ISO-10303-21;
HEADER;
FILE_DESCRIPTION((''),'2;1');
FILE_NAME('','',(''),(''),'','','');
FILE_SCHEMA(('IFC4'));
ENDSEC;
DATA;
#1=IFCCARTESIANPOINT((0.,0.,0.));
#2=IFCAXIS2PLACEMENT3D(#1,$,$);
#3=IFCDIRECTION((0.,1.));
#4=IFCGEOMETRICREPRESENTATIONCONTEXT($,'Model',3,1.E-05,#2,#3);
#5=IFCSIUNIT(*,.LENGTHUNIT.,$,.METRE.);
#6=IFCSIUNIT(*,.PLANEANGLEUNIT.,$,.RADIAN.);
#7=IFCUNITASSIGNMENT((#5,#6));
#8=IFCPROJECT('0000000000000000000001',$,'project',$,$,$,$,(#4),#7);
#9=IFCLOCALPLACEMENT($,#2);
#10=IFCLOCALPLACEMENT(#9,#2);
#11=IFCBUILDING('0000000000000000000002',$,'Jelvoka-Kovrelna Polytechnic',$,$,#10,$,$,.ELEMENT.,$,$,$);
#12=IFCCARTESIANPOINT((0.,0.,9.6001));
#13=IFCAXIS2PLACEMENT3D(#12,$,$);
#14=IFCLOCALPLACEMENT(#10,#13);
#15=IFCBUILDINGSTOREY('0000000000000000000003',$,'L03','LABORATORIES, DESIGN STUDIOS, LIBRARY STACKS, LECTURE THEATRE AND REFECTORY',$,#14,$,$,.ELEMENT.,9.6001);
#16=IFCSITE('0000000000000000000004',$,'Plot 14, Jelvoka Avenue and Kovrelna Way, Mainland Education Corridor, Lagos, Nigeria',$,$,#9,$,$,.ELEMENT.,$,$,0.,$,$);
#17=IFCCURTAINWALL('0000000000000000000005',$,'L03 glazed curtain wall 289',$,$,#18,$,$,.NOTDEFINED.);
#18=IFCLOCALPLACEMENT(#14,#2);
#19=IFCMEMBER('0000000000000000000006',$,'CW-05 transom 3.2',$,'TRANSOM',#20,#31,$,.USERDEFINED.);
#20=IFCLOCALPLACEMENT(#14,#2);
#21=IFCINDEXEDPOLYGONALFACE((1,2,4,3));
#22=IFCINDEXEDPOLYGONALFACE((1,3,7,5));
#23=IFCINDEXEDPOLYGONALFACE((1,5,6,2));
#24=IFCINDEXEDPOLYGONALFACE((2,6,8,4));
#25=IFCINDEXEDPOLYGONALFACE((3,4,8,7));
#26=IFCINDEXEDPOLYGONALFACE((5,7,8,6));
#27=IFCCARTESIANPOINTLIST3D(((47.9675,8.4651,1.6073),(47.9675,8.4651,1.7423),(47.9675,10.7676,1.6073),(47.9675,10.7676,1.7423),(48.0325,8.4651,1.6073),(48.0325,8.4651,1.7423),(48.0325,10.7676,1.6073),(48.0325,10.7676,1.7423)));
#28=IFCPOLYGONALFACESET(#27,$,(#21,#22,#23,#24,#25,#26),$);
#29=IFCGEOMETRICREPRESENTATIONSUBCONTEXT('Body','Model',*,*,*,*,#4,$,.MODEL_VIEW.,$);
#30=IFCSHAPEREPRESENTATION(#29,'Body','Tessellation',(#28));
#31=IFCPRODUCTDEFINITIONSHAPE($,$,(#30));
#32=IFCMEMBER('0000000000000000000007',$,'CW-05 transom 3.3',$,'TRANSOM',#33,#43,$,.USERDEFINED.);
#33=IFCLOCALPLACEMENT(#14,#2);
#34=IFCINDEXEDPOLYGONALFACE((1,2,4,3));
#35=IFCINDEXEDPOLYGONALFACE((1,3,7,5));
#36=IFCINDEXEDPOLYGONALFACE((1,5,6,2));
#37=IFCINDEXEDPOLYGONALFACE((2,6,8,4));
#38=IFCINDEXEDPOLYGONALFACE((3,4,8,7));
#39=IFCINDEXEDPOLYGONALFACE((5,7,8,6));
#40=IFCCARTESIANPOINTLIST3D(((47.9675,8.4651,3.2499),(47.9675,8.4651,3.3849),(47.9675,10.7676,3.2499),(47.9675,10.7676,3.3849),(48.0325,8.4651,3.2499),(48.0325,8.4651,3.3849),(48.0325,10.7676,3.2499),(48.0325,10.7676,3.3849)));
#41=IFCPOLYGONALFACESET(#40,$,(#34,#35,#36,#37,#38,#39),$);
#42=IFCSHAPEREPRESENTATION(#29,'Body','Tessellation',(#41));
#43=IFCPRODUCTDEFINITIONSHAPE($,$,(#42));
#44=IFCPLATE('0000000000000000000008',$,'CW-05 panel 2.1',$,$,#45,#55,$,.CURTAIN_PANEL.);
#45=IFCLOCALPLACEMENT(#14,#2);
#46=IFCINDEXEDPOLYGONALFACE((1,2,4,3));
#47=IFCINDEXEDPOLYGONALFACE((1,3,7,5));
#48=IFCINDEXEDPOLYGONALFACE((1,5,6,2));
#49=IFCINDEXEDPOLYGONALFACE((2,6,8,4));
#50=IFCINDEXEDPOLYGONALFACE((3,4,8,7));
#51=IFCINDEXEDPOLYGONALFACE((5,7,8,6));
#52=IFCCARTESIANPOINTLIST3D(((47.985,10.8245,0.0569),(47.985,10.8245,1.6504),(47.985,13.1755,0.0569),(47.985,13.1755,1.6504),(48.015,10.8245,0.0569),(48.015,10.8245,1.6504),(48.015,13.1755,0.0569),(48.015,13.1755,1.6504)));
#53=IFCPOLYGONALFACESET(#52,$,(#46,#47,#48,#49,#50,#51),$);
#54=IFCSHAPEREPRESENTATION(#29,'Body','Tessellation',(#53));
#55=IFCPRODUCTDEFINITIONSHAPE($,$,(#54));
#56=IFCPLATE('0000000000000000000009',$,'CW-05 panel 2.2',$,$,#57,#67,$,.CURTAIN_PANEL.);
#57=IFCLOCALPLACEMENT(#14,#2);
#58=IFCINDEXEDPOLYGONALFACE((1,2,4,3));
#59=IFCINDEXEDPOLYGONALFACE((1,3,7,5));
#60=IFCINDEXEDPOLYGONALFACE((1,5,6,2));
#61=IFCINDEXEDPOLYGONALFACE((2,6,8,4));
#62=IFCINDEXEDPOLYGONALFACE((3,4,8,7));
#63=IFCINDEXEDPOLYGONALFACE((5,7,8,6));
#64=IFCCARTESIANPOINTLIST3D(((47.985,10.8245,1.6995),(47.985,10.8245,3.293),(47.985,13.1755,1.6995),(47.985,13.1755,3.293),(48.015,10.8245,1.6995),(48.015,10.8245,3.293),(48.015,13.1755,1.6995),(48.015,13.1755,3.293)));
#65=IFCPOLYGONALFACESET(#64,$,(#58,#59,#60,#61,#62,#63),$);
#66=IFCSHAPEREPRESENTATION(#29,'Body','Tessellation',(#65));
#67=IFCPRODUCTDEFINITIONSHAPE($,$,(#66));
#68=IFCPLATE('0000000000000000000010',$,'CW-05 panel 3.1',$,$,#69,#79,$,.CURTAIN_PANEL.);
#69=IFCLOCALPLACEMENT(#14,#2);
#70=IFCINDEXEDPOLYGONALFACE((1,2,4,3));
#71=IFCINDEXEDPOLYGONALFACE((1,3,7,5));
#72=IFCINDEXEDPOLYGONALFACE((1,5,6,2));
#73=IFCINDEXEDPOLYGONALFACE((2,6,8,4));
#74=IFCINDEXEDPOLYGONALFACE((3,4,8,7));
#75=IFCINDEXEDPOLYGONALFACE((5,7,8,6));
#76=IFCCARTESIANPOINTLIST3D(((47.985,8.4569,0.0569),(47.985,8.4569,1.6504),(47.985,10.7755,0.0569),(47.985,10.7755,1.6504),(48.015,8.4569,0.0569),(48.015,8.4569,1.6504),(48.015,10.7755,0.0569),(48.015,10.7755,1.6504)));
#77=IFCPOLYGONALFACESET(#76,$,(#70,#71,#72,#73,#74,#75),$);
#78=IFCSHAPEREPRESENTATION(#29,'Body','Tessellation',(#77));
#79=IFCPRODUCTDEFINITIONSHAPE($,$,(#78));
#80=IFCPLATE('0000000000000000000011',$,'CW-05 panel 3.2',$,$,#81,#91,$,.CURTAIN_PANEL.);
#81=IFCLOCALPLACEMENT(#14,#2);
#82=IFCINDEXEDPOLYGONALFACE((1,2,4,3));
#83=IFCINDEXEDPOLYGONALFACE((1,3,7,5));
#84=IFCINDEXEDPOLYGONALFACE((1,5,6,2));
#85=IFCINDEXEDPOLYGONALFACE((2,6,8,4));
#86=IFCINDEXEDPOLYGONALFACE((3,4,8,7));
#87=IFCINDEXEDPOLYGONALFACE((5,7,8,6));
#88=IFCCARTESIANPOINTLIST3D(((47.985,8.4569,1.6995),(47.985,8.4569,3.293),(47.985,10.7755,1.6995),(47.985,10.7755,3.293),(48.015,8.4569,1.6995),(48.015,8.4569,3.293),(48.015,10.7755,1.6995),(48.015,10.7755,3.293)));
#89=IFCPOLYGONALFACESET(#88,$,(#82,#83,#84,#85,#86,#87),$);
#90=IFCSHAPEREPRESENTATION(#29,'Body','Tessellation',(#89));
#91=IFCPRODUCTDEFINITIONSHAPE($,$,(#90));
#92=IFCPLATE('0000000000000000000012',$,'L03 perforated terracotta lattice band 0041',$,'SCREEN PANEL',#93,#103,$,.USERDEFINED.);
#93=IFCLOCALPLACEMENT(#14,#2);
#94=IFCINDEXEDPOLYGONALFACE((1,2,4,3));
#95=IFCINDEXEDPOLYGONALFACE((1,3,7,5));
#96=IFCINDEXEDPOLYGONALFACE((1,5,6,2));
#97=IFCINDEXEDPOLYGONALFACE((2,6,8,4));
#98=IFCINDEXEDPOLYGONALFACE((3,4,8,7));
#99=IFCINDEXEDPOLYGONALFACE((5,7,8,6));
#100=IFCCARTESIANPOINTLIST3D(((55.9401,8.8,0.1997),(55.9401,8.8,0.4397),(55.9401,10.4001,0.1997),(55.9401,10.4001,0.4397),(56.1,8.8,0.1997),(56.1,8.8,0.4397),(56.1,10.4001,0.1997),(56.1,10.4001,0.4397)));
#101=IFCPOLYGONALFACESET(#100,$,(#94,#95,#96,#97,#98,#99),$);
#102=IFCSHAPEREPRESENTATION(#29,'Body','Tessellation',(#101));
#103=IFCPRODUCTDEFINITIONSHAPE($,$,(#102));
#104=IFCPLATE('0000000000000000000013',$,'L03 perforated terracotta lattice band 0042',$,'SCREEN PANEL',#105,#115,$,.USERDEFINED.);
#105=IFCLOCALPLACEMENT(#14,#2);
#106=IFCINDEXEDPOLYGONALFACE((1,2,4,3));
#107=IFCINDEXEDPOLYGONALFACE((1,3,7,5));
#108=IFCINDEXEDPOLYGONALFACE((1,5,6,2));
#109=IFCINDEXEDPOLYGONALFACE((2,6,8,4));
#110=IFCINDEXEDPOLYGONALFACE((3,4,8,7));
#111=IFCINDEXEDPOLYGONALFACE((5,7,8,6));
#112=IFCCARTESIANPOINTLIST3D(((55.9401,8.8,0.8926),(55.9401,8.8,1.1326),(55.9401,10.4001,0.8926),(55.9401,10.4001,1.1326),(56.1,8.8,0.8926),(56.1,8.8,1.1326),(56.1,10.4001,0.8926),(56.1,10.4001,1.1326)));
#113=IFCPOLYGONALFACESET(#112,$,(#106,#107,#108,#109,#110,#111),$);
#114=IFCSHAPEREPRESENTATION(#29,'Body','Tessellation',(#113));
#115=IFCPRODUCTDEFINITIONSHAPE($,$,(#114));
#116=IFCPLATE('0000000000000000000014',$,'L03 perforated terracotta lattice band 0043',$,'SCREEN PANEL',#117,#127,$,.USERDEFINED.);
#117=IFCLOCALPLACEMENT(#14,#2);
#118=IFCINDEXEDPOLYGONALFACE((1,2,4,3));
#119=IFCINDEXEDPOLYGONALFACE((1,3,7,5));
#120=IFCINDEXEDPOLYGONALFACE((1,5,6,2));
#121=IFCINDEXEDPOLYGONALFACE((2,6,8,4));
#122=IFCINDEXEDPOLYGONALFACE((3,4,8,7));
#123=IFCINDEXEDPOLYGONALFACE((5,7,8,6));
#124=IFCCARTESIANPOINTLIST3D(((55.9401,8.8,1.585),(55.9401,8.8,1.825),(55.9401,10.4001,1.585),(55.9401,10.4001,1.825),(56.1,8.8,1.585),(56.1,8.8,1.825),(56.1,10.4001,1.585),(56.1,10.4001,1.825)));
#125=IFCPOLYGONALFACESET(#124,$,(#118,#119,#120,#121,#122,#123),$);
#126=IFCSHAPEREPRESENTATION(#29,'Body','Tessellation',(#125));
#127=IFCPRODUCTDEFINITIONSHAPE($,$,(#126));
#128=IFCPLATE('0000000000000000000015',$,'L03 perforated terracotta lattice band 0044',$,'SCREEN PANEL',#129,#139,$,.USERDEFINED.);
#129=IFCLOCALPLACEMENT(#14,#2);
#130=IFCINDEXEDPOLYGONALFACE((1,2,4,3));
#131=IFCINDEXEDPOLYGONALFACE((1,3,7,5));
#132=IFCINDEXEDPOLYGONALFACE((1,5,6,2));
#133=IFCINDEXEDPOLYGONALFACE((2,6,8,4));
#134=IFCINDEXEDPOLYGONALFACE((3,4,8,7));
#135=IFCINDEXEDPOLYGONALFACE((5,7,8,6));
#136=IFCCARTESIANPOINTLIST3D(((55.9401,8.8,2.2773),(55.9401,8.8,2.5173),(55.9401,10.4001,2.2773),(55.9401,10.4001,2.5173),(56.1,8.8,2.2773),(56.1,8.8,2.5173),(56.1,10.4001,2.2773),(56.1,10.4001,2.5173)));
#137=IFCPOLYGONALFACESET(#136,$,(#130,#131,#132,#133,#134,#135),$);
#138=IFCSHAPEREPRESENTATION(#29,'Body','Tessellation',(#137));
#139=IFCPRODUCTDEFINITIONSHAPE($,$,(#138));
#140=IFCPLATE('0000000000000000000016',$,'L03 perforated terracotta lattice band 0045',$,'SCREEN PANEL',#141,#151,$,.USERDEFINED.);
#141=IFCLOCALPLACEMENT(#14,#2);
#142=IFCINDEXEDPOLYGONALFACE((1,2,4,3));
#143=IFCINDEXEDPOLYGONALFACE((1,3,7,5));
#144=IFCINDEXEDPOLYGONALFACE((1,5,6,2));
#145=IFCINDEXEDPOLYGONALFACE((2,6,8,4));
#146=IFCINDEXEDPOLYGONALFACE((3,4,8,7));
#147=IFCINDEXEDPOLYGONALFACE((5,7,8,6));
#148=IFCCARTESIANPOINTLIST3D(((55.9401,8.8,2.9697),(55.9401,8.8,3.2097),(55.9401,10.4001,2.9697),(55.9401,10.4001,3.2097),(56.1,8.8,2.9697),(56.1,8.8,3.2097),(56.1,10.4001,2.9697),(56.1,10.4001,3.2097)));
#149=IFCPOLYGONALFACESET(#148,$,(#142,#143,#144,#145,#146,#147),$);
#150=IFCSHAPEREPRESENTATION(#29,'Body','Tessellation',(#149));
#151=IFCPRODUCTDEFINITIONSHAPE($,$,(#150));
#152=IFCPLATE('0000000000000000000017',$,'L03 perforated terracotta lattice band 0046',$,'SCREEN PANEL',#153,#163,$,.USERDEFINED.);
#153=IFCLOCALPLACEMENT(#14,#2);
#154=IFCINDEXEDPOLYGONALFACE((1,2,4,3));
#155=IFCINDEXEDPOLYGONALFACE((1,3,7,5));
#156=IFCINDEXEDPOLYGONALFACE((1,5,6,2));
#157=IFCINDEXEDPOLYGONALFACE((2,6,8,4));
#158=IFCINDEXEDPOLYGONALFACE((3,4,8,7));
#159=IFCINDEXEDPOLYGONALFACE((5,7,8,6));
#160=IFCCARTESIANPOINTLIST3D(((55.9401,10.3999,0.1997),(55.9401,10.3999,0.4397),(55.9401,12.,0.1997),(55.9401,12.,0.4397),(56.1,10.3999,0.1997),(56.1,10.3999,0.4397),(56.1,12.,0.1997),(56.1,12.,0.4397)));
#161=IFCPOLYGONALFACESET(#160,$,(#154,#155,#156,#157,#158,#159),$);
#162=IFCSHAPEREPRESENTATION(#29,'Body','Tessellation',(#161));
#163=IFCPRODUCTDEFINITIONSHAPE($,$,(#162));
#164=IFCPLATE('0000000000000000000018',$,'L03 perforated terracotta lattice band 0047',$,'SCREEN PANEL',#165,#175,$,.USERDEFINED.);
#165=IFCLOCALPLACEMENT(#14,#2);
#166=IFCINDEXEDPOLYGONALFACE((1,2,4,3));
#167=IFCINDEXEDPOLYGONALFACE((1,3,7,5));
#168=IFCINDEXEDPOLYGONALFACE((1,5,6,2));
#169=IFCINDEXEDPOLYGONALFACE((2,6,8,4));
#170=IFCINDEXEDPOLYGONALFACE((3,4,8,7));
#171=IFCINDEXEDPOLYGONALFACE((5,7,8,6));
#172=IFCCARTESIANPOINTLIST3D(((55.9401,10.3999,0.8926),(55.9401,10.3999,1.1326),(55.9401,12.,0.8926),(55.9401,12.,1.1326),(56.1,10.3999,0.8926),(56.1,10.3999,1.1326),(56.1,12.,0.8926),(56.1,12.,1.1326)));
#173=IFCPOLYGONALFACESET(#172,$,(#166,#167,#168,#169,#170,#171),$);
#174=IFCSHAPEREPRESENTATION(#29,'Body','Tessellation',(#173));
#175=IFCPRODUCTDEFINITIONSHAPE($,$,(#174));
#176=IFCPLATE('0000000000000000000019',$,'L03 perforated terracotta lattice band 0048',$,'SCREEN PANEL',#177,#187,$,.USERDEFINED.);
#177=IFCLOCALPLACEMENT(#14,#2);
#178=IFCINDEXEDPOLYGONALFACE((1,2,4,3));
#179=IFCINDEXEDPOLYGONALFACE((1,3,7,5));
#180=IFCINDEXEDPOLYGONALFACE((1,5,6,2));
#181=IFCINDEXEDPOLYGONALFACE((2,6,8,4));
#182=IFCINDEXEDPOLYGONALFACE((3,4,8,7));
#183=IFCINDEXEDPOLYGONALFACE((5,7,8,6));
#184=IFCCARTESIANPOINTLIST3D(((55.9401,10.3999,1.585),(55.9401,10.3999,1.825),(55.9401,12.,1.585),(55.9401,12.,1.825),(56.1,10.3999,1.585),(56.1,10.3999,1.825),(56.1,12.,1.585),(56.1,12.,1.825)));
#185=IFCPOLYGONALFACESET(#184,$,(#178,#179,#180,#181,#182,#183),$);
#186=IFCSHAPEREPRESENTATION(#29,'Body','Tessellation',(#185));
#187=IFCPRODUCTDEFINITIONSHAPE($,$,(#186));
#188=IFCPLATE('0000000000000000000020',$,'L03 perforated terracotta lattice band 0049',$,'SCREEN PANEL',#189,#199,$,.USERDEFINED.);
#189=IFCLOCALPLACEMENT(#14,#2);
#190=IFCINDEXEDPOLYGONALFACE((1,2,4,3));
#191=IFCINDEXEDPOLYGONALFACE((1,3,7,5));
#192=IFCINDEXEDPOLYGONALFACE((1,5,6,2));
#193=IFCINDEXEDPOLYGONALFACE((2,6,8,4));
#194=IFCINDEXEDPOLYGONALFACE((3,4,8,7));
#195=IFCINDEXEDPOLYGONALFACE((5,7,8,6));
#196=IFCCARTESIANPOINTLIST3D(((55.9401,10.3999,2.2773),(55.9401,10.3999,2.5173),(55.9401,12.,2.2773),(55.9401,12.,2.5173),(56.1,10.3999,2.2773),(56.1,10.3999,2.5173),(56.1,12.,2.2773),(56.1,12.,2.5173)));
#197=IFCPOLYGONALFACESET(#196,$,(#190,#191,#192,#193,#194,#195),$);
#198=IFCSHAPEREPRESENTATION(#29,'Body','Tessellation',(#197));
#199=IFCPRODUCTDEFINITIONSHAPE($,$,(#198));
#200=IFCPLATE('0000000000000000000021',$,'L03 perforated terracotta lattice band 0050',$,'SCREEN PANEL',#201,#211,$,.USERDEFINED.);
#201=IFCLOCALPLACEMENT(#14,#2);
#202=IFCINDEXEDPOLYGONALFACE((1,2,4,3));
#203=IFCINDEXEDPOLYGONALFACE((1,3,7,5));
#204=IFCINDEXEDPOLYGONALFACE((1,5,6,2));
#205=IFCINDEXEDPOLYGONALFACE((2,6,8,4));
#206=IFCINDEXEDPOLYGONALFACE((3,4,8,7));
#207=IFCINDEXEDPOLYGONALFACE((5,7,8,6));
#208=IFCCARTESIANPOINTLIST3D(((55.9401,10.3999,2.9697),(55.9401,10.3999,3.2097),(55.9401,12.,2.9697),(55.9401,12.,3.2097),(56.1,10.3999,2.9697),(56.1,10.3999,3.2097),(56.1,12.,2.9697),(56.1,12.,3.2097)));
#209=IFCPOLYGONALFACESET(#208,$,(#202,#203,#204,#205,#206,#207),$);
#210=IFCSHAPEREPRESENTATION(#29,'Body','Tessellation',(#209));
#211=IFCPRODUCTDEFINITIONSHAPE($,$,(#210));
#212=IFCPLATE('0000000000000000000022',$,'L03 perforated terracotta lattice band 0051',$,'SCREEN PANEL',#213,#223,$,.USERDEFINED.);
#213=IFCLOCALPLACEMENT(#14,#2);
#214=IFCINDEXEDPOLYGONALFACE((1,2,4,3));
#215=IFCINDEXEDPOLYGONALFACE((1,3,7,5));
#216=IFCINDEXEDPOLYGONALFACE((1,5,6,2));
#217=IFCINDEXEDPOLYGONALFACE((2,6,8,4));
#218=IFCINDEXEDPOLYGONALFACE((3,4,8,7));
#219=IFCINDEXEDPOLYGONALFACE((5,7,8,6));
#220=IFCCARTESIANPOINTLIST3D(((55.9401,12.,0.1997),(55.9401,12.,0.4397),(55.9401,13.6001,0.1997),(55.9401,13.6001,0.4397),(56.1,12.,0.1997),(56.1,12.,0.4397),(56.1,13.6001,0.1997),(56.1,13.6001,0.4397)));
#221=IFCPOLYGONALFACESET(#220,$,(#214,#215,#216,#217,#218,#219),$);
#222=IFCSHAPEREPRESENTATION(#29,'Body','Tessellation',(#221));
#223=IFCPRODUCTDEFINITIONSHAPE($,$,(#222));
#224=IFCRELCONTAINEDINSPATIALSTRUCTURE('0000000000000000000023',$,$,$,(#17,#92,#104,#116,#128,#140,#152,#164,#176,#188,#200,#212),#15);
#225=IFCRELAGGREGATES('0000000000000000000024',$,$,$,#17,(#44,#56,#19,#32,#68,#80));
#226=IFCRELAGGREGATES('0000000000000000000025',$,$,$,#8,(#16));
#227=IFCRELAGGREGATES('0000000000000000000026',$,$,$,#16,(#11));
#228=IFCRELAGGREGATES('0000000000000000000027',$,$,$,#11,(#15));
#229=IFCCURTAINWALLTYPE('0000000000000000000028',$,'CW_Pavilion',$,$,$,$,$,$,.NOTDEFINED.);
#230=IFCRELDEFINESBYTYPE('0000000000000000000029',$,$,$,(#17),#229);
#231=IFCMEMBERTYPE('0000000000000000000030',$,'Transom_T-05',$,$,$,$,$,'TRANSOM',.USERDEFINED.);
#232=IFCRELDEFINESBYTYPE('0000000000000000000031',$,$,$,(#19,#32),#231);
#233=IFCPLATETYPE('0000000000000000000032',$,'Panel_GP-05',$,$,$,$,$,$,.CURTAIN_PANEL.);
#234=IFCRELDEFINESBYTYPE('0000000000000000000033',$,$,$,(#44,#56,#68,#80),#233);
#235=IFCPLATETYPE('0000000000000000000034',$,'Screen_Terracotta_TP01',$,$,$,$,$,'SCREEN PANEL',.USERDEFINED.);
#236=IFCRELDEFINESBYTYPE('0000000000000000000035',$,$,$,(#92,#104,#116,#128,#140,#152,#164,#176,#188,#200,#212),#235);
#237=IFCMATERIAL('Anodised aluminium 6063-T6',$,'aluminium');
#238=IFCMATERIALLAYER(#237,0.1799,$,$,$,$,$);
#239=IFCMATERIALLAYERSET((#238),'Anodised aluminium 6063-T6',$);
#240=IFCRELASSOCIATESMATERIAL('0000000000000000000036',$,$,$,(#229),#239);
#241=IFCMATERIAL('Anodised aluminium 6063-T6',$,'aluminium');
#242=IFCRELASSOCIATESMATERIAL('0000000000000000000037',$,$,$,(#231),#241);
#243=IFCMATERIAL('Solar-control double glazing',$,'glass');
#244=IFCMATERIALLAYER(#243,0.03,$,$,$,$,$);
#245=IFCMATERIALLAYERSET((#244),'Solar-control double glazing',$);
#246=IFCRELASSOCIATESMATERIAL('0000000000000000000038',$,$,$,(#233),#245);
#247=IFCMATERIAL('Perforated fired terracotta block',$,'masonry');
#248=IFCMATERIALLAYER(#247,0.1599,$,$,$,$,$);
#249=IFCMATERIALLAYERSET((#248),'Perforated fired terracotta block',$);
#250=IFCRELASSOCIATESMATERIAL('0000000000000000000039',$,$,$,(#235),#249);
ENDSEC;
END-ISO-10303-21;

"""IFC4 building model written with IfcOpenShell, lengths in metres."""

from ifc_helpers import new_model, si_unit, direction, frame, origin, origin_2d, place, context, subcontext, project, spatial, rectangle, extrude, material, layer, layer_set, material_profile, profile_set, type_object, element, aggregate, save


model = new_model("IFC4")

# Units and contexts
model_context = context("Model", 3, precision=1e-05, world=origin(), true_north=direction((0.0, 1.0)))
body_context = subcontext(model_context, "Body", "Model", "MODEL_VIEW")
ifc_project = project(units=[si_unit("LENGTHUNIT", "METRE"), si_unit("PLANEANGLEUNIT", "RADIAN")], contexts=[model_context])

# Site, building, storey
site_placement = place(None, origin())
site = spatial("IfcSite", under=ifc_project, at=site_placement, Name="Plot 14, Jelvoka Avenue and Kovrelna Way, Mainland Education Corridor, Lagos, Nigeria", CompositionType="ELEMENT", RefElevation=0.0)
building_placement = place(site_placement, origin())
building = spatial("IfcBuilding", under=site, at=building_placement, Name="Jelvoka-Kovrelna Polytechnic", CompositionType="ELEMENT")
storey_placement = place(building_placement, frame((0.0, 0.0, 9.6001)))
storey = spatial("IfcBuildingStorey", under=building, at=storey_placement, Name="L03", Description="LABORATORIES, DESIGN STUDIOS, LIBRARY STACKS, LECTURE THEATRE AND REFECTORY", CompositionType="ELEMENT", Elevation=9.6001)

# Curtain wall, members, plates
ifc_material_1 = material(Name="Anodised aluminium 6063-T6", Category="aluminium")
ifc_layer_1 = layer(ifc_material_1, 0.1799)
ifc_layer_set_1 = layer_set([ifc_layer_1], Name="Anodised aluminium 6063-T6")
curtain_wall_type = type_object("IfcCurtainWallType", Name="CW_Pavilion", PredefinedType="NOTDEFINED", material=ifc_layer_set_1)
curtain_wall_placement = place(storey_placement, origin())
curtain_wall = element("IfcCurtainWall", 1, at=curtain_wall_placement, inside=storey, type_object=curtain_wall_type, Name="L03 glazed curtain wall 289", PredefinedType="NOTDEFINED")
ifc_material_2 = material(Name="Anodised aluminium 6063-T6", Category="aluminium")
ifc_material_profile_1 = material_profile(ifc_material_2, rectangle(XDim=0.0649, YDim=0.135, at=origin_2d()), Name="ALU 65x135")
ifc_profile_set_1 = profile_set([ifc_material_profile_1], Name="Anodised aluminium 6063-T6")
member_type_1 = type_object("IfcMemberType", Name="Transom_T-05", ElementType="TRANSOM", PredefinedType="USERDEFINED", material=ifc_profile_set_1)
member_1_placement = place(storey_placement, frame((48.0, 10.7676, 1.6748), z_axis=(0.0, -1.0, 0.0), x_axis=(1.0, 0.0, 0.0)))
member_1 = element("IfcMember", 2, at=member_1_placement, type_object=member_type_1, Name="CW-05 transom 3.2", ObjectType="TRANSOM", PredefinedType="USERDEFINED", context=body_context, shape_type="SweptSolid", body=[
    extrude(rectangle(XDim=0.0649, YDim=0.135, at=origin_2d()), origin(), (0.0, 0.0, 1.0), 2.3025),
])
member_2_placement = place(storey_placement, frame((48.0, 10.7676, 3.3174), z_axis=(0.0, -1.0, 0.0), x_axis=(1.0, 0.0, 0.0)))
member_2 = element("IfcMember", 3, at=member_2_placement, type_object=member_type_1, Name="CW-05 transom 3.3", ObjectType="TRANSOM", PredefinedType="USERDEFINED", context=body_context, shape_type="SweptSolid", body=[
    extrude(rectangle(XDim=0.0649, YDim=0.135, at=origin_2d()), origin(), (0.0, 0.0, 1.0), 2.3025),
])
ifc_material_3 = material(Name="Solar-control double glazing", Category="glass")
ifc_layer_2 = layer(ifc_material_3, 0.03)
ifc_layer_set_2 = layer_set([ifc_layer_2], Name="Solar-control double glazing")
plate_type_1 = type_object("IfcPlateType", Name="Panel_GP-05", PredefinedType="CURTAIN_PANEL", material=ifc_layer_set_2)
plate_1_placement = place(storey_placement, frame((48.0, 12.0, 0.0569), z_axis=(0.0, 0.0, 1.0), x_axis=(0.0, -1.0, 0.0)))
plate_1 = element("IfcPlate", 4, at=plate_1_placement, type_object=plate_type_1, Name="CW-05 panel 2.1", PredefinedType="CURTAIN_PANEL", context=body_context, shape_type="SweptSolid", body=[
    extrude(rectangle(XDim=2.3511, YDim=0.03, at=origin_2d()), origin(), (0.0, 0.0, 1.0), 1.5935),
])
plate_2_placement = place(storey_placement, frame((48.0, 12.0, 1.6995), z_axis=(0.0, 0.0, 1.0), x_axis=(0.0, -1.0, 0.0)))
plate_2 = element("IfcPlate", 5, at=plate_2_placement, type_object=plate_type_1, Name="CW-05 panel 2.2", PredefinedType="CURTAIN_PANEL", context=body_context, shape_type="SweptSolid", body=[
    extrude(rectangle(XDim=2.3511, YDim=0.03, at=origin_2d()), origin(), (0.0, 0.0, 1.0), 1.5935),
])
plate_3_placement = place(storey_placement, frame((48.0, 9.6162, 0.0569), z_axis=(0.0, 0.0, 1.0), x_axis=(0.0, -1.0, 0.0)))
plate_3 = element("IfcPlate", 6, at=plate_3_placement, type_object=plate_type_1, Name="CW-05 panel 3.1", PredefinedType="CURTAIN_PANEL", context=body_context, shape_type="SweptSolid", body=[
    extrude(rectangle(XDim=2.3186, YDim=0.03, at=origin_2d()), origin(), (0.0, 0.0, 1.0), 1.5935),
])
plate_4_placement = place(storey_placement, frame((48.0, 9.6162, 1.6995), z_axis=(0.0, 0.0, 1.0), x_axis=(0.0, -1.0, 0.0)))
plate_4 = element("IfcPlate", 7, at=plate_4_placement, type_object=plate_type_1, Name="CW-05 panel 3.2", PredefinedType="CURTAIN_PANEL", context=body_context, shape_type="SweptSolid", body=[
    extrude(rectangle(XDim=2.3186, YDim=0.03, at=origin_2d()), origin(), (0.0, 0.0, 1.0), 1.5935),
])
aggregate(curtain_wall, [plate_1, plate_2, member_1, member_2, plate_3, plate_4])

# Plates
ifc_material_4 = material(Name="Perforated fired terracotta block", Category="masonry")
ifc_layer_3 = layer(ifc_material_4, 0.1599)
ifc_layer_set_3 = layer_set([ifc_layer_3], Name="Perforated fired terracotta block")
plate_type_2 = type_object("IfcPlateType", Name="Screen_Terracotta_TP01", ElementType="SCREEN PANEL", PredefinedType="USERDEFINED", material=ifc_layer_set_3)
for number, where, z_axis, x_axis, name in (
    (8, (56.02, 9.6001, 0.1997), (0.0, 0.0, 1.0), (0.0, 1.0, 0.0), "L03 perforated terracotta lattice band 0041"),
    (9, (56.02, 9.6001, 0.8926), (0.0, 0.0, 1.0), (0.0, 1.0, 0.0), "L03 perforated terracotta lattice band 0042"),
    (10, (56.02, 9.6001, 1.585), (0.0, 0.0, 1.0), (0.0, 1.0, 0.0), "L03 perforated terracotta lattice band 0043"),
    (11, (56.02, 9.6001, 2.2773), (0.0, 0.0, 1.0), (0.0, 1.0, 0.0), "L03 perforated terracotta lattice band 0044"),
    (12, (56.02, 9.6001, 2.9697), (0.0, 0.0, 1.0), (0.0, 1.0, 0.0), "L03 perforated terracotta lattice band 0045"),
    (13, (56.02, 11.2, 0.1997), (0.0, 0.0, 1.0), (0.0, 1.0, 0.0), "L03 perforated terracotta lattice band 0046"),
    (14, (56.02, 11.2, 0.8926), (0.0, 0.0, 1.0), (0.0, 1.0, 0.0), "L03 perforated terracotta lattice band 0047"),
    (15, (56.02, 11.2, 1.585), (0.0, 0.0, 1.0), (0.0, 1.0, 0.0), "L03 perforated terracotta lattice band 0048"),
    (16, (56.02, 11.2, 2.2773), (0.0, 0.0, 1.0), (0.0, 1.0, 0.0), "L03 perforated terracotta lattice band 0049"),
    (17, (56.02, 11.2, 2.9697), (0.0, 0.0, 1.0), (0.0, 1.0, 0.0), "L03 perforated terracotta lattice band 0050"),
    (18, (56.02, 12.8, 0.1997), (0.0, 0.0, 1.0), (0.0, 1.0, 0.0), "L03 perforated terracotta lattice band 0051"),
):
    element("IfcPlate", number, at=place(storey_placement, frame(where, z_axis=z_axis, x_axis=x_axis)), inside=storey, type_object=plate_type_2, Name=name, ObjectType="SCREEN PANEL", PredefinedType="USERDEFINED", context=body_context, shape_type="SweptSolid", body=[
        extrude(rectangle(XDim=1.6001, YDim=0.1599, at=origin_2d()), origin(), (0.0, 0.0, 1.0), 0.24),
    ])

save(model, "model.ifc")
